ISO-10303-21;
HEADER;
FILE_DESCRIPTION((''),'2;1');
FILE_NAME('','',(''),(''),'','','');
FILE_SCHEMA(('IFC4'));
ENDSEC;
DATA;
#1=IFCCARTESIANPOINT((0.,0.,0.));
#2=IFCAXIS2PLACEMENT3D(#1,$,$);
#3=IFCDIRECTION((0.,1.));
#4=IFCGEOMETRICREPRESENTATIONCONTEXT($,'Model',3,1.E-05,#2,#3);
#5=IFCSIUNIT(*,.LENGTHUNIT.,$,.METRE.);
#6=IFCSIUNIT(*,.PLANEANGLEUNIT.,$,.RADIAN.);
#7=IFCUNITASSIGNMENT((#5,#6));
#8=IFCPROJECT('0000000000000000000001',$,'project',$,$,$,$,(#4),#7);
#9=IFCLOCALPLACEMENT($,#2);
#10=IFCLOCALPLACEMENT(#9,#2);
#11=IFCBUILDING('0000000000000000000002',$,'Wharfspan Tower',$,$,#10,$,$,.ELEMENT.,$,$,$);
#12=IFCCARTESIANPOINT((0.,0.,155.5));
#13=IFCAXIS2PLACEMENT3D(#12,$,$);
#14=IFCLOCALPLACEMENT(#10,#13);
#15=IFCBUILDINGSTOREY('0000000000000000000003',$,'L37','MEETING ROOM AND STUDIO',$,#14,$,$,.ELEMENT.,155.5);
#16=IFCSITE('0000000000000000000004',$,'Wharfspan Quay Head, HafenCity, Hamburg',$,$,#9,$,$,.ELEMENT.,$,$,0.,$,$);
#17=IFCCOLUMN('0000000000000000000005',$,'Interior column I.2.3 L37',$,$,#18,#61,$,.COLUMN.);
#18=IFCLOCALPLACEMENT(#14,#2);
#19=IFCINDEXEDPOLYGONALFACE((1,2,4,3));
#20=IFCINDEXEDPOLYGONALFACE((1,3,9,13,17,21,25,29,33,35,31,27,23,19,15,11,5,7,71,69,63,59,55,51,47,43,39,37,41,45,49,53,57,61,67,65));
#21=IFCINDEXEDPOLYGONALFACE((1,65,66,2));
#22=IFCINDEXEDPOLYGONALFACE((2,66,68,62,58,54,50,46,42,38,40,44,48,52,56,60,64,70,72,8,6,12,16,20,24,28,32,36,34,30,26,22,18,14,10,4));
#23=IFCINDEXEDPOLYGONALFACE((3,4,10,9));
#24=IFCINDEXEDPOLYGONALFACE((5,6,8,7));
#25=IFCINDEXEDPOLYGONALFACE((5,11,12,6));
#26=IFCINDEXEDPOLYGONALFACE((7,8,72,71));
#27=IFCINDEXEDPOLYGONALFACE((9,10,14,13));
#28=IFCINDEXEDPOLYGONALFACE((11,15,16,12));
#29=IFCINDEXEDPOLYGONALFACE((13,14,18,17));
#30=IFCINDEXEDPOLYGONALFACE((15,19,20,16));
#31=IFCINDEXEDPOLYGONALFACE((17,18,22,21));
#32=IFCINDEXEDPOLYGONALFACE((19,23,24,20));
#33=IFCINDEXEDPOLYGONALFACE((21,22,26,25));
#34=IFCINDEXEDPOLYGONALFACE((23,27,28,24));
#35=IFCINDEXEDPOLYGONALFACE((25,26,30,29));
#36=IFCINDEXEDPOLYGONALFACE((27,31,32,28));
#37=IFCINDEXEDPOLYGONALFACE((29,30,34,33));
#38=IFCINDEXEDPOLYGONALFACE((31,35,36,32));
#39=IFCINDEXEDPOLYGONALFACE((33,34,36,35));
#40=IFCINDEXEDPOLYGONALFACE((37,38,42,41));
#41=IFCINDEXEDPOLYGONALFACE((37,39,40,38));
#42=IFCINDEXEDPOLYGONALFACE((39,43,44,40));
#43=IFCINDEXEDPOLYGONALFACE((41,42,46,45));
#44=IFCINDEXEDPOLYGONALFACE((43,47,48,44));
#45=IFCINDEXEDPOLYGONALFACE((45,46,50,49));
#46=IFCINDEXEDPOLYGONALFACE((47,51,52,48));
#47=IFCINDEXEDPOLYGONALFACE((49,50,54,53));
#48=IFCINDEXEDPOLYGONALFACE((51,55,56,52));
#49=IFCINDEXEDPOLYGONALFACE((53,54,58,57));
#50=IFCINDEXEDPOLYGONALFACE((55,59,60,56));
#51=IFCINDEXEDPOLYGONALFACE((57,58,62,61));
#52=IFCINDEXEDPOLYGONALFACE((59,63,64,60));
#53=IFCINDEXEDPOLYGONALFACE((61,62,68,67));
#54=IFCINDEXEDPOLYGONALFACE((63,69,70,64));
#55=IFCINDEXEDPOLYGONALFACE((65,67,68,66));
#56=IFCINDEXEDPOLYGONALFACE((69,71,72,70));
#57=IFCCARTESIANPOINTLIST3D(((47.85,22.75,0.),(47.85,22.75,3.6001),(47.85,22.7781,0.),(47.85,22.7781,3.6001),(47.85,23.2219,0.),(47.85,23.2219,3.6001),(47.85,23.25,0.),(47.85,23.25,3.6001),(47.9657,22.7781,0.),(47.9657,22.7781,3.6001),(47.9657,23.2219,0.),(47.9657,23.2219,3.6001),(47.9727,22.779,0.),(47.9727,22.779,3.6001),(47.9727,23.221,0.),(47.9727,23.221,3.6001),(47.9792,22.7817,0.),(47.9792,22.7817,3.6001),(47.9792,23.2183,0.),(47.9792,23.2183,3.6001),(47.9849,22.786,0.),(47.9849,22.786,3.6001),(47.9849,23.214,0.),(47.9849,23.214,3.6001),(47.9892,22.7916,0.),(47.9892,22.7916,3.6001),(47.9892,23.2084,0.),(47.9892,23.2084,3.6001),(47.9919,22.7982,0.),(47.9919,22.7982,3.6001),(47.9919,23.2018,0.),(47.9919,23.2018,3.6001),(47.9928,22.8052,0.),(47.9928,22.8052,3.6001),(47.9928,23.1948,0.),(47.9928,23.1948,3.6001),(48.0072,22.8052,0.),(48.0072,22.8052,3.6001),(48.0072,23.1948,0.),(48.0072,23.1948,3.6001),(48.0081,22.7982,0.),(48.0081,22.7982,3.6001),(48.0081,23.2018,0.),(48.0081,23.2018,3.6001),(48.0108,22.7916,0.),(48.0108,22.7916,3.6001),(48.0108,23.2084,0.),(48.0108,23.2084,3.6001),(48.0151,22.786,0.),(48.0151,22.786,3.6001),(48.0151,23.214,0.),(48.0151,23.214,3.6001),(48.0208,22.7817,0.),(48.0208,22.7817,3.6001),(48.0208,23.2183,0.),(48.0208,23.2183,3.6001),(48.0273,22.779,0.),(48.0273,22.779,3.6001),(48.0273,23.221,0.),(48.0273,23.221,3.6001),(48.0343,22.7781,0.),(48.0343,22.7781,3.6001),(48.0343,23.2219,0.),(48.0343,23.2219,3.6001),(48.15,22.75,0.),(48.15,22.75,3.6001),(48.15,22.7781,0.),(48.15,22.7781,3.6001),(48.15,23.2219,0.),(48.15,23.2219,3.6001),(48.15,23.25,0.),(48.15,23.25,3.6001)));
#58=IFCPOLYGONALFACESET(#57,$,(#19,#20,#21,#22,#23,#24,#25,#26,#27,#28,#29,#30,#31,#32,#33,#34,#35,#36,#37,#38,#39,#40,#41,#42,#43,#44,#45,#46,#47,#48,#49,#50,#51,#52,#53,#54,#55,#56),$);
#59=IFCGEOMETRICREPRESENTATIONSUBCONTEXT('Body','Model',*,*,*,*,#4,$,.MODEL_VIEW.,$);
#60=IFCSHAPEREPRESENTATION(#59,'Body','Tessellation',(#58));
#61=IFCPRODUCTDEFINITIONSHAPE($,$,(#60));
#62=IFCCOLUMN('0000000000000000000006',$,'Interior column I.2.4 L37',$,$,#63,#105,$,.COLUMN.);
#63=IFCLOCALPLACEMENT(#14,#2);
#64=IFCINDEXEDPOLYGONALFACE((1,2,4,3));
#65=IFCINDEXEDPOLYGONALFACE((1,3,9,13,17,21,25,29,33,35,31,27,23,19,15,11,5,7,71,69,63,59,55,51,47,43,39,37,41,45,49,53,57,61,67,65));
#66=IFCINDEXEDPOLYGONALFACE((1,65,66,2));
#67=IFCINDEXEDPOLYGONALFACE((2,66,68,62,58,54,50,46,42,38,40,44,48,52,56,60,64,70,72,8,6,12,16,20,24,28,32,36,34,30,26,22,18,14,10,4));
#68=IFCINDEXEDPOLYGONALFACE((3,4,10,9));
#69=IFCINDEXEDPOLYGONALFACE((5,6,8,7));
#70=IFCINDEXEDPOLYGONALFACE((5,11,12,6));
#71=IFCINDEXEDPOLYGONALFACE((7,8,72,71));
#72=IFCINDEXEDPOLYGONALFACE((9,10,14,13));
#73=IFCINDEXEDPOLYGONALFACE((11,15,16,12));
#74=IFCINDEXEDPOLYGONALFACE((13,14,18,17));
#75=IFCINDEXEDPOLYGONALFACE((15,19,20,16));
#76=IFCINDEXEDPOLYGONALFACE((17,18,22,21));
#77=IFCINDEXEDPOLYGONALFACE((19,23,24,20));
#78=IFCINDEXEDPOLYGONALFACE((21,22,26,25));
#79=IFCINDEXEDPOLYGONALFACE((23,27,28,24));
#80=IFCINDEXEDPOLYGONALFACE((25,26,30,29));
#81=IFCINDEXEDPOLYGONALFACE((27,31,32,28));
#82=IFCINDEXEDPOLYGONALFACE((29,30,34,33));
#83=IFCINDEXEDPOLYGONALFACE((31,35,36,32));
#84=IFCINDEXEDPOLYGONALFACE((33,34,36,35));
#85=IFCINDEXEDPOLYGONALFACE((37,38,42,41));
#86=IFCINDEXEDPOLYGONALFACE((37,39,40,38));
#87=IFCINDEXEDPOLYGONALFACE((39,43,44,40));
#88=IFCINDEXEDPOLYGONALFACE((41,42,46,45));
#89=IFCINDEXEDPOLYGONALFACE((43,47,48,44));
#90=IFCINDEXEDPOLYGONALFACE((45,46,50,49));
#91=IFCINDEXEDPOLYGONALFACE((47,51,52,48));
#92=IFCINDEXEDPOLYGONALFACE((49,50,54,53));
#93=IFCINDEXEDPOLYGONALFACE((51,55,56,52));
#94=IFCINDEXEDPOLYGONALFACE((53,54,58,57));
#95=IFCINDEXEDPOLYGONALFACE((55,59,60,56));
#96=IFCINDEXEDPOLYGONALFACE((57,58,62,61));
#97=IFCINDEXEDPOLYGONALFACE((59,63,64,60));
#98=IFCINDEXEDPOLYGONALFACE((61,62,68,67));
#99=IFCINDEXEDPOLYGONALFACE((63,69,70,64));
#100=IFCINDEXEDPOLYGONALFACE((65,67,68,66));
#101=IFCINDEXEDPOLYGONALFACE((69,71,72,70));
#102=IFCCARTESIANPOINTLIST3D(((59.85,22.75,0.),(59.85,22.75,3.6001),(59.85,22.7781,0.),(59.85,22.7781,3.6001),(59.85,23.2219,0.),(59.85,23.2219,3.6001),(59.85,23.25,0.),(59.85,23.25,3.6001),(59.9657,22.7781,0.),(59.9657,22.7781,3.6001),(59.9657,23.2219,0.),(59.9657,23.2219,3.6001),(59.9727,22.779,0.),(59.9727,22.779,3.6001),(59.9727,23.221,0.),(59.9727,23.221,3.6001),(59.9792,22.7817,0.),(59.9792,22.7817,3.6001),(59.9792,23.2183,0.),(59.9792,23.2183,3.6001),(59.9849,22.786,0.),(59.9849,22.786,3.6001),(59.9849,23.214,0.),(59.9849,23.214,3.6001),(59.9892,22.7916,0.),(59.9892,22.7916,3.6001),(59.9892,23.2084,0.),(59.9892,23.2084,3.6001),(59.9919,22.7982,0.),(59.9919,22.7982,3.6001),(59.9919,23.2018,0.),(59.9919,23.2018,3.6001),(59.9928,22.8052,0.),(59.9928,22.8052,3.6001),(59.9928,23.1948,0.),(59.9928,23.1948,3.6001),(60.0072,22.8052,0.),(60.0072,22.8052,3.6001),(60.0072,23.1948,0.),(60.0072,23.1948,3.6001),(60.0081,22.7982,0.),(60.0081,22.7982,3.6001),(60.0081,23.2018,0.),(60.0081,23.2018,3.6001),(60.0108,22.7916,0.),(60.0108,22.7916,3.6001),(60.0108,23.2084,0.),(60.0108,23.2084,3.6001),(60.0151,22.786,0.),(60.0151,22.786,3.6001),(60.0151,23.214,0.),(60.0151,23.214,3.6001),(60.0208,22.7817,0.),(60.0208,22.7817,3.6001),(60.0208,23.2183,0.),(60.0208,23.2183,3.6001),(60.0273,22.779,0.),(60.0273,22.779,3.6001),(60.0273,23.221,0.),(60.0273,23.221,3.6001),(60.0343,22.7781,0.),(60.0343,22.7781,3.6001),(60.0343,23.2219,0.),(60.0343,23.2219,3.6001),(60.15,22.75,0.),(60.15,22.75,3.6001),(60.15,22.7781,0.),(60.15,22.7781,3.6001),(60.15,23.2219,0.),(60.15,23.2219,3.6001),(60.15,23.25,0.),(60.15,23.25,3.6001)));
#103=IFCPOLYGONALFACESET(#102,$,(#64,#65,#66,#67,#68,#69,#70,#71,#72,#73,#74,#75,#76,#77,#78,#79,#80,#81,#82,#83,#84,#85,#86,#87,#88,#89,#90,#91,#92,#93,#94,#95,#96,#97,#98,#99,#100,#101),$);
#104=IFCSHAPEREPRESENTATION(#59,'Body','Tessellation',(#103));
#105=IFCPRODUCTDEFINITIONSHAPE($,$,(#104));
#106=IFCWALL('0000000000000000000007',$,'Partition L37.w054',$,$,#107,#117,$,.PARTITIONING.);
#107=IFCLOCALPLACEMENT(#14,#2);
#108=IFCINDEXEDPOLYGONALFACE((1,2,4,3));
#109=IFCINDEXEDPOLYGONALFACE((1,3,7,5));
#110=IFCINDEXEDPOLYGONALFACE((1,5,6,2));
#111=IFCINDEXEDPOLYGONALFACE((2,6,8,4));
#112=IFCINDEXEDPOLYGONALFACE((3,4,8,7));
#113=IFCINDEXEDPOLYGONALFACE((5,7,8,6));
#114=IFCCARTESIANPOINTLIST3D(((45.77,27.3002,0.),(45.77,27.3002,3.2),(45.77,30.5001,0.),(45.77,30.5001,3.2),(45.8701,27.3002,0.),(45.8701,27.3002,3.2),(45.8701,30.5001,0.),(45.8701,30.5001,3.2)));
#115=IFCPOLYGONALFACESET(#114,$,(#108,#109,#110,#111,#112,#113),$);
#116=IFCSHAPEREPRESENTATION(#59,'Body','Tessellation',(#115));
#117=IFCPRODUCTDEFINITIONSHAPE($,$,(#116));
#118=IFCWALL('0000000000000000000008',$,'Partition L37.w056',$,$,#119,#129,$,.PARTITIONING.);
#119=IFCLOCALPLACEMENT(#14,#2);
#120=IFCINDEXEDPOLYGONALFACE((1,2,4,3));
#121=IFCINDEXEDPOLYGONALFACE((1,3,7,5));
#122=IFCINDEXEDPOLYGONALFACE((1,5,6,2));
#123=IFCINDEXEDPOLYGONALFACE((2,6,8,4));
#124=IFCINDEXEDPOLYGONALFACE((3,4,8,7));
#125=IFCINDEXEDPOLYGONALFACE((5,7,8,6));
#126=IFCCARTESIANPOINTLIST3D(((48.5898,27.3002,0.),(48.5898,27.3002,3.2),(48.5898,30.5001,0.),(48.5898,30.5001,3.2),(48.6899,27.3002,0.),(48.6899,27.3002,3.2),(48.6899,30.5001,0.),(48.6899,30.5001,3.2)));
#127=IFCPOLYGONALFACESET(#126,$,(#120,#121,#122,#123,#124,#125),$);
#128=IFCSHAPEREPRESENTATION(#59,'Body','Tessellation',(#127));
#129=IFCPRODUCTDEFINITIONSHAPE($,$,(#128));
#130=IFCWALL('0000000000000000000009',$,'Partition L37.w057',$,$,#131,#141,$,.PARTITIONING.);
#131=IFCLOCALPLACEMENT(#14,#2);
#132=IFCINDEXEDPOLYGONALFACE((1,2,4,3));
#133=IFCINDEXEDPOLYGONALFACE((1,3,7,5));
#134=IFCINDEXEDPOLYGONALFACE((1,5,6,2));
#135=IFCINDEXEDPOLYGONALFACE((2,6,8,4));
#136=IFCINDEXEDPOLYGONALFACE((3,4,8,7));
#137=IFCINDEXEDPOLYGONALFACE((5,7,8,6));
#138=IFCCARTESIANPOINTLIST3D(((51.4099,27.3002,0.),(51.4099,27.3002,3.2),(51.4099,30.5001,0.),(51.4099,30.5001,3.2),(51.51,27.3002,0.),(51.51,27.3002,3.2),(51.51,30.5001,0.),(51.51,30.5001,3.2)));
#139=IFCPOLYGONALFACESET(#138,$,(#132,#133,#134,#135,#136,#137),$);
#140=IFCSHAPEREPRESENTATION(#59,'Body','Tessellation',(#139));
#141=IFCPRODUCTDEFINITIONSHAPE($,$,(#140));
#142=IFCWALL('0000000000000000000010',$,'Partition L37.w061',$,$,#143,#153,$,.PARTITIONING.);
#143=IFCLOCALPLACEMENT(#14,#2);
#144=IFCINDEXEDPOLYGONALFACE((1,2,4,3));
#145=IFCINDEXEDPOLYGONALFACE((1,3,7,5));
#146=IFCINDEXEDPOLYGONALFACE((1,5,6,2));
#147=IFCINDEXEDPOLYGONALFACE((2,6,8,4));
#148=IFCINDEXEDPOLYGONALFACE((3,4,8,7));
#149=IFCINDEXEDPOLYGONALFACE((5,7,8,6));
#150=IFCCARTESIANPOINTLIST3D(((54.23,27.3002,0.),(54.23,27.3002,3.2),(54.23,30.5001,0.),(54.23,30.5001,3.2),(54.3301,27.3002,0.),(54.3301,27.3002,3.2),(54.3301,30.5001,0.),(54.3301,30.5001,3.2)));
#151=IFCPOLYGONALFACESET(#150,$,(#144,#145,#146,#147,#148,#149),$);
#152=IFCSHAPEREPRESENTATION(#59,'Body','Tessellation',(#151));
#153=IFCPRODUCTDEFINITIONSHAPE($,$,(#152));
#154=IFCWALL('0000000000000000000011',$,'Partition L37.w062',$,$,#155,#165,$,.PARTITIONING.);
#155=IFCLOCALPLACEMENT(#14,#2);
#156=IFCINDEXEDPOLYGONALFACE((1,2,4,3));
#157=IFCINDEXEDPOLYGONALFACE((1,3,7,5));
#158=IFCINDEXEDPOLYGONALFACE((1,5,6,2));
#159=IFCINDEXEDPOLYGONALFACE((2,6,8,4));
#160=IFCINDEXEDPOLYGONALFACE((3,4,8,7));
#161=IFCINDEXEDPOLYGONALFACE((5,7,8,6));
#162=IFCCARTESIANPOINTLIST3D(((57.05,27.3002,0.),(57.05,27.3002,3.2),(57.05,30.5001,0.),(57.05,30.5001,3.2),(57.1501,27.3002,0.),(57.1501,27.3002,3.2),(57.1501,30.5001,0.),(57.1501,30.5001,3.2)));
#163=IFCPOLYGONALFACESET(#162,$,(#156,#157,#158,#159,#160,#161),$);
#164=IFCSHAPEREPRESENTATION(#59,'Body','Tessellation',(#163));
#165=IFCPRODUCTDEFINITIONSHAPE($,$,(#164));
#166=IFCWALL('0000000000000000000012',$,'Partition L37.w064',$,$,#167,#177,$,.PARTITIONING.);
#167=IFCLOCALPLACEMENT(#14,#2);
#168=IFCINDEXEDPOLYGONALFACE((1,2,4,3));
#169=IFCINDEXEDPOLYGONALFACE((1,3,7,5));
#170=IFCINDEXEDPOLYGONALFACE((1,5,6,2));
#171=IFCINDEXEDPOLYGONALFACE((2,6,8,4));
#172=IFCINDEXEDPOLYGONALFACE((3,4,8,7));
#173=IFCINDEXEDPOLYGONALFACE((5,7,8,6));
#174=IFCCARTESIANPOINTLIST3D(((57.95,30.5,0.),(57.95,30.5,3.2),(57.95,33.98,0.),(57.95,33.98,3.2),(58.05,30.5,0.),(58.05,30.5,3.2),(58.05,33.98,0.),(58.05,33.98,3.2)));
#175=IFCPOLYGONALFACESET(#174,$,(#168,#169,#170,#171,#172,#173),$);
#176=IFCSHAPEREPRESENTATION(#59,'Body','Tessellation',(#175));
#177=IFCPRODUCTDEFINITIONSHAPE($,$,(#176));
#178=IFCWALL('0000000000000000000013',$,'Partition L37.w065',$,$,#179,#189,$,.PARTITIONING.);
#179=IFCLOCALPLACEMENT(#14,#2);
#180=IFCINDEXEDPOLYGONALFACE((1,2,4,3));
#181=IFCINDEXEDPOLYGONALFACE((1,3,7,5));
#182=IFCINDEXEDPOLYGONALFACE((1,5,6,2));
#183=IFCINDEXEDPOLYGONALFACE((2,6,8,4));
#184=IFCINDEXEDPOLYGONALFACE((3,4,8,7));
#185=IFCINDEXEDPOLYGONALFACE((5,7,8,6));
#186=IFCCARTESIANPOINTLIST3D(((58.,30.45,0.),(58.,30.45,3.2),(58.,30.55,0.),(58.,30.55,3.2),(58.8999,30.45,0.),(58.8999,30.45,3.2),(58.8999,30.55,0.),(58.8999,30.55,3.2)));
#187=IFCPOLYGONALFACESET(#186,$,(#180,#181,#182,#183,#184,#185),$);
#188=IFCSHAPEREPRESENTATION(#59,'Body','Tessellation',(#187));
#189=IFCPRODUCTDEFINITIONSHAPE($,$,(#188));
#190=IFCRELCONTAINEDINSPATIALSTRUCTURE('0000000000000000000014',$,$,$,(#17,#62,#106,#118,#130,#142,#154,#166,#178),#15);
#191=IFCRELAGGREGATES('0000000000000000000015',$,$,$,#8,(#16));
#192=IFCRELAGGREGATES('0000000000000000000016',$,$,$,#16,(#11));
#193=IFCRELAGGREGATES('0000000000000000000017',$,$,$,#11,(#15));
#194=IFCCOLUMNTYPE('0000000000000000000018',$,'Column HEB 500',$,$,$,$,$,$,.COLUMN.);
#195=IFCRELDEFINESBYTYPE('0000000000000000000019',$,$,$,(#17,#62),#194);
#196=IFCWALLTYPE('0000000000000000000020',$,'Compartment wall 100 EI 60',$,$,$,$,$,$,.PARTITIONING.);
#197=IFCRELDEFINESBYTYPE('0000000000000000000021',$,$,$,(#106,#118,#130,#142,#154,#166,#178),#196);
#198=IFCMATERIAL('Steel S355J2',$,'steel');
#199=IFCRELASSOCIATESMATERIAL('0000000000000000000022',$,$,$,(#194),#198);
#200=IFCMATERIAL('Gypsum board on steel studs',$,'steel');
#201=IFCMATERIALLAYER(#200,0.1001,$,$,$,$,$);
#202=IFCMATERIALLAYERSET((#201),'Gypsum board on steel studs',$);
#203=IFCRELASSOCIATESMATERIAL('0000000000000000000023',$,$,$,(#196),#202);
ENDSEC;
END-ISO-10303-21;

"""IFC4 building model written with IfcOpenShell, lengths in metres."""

from ifc_helpers import new_model, si_unit, direction, frame, frame_2d, origin, origin_2d, place, context, subcontext, project, spatial, rectangle, i_section, extrude, material, layer, layer_set, material_profile, profile_set, type_object, element, save


model = new_model("IFC4")

# Units and contexts
model_context = context("Model", 3, precision=1e-05, world=origin(), true_north=direction((0.0, 1.0)))
body_context = subcontext(model_context, "Body", "Model", "MODEL_VIEW")
ifc_project = project(units=[si_unit("LENGTHUNIT", "METRE"), si_unit("PLANEANGLEUNIT", "RADIAN")], contexts=[model_context])

# Site, building, storey
site_placement = place(None, origin())
site = spatial("IfcSite", under=ifc_project, at=site_placement, Name="Wharfspan Quay Head, HafenCity, Hamburg", CompositionType="ELEMENT", RefElevation=0.0)
building_placement = place(site_placement, origin())
building = spatial("IfcBuilding", under=site, at=building_placement, Name="Wharfspan Tower", CompositionType="ELEMENT")
storey_placement = place(building_placement, frame((0.0, 0.0, 155.5)))
storey = spatial("IfcBuildingStorey", under=building, at=storey_placement, Name="L37", Description="MEETING ROOM AND STUDIO", CompositionType="ELEMENT", Elevation=155.5)

# Columns
ifc_material_1 = material(Name="Steel S355J2", Category="steel")
ifc_material_profile = material_profile(ifc_material_1, i_section(OverallWidth=0.3, OverallDepth=0.5, WebThickness=0.0144, FlangeThickness=0.0281, FilletRadius=0.0271, at=origin_2d()))
ifc_profile_set = profile_set([ifc_material_profile], Name="Steel S355J2")
column_type = type_object("IfcColumnType", Name="Column HEB 500", PredefinedType="COLUMN", material=ifc_profile_set)
for number, where, z_axis, x_axis, name in (
    (1, (48.0, 23.0, 0.0), (0.0, 0.0, 1.0), (1.0, 0.0, 0.0), "Interior column I.2.3 L37"),
    (2, (60.0, 23.0, 0.0), (0.0, 0.0, 1.0), (1.0, 0.0, 0.0), "Interior column I.2.4 L37"),
):
    element("IfcColumn", number, at=place(storey_placement, frame(where, z_axis=z_axis, x_axis=x_axis)), inside=storey, type_object=column_type, Name=name, PredefinedType="COLUMN", context=body_context, shape_type="SweptSolid", body=[
        extrude(i_section(OverallWidth=0.3, OverallDepth=0.5, WebThickness=0.0144, FlangeThickness=0.0281, FilletRadius=0.0271, at=origin_2d()), origin(), (0.0, 0.0, 1.0), 3.6001),
    ])

# Walls
ifc_material_2 = material(Name="Gypsum board on steel studs", Category="steel")
ifc_layer_1 = layer(ifc_material_2, 0.1001)
ifc_layer_set_1 = layer_set([ifc_layer_1], Name="Gypsum board on steel studs")
wall_type_1 = type_object("IfcWallType", Name="Compartment wall 100 EI 60", PredefinedType="PARTITIONING", material=ifc_layer_set_1)
for number, where, z_axis, x_axis, name in (
    (3, (45.8201, 27.3, 0.0), (0.0, 0.0, 1.0), (0.0, 1.0, 0.0), "Partition L37.w054"),
    (4, (48.6399, 27.3, 0.0), (0.0, 0.0, 1.0), (0.0, 1.0, 0.0), "Partition L37.w056"),
    (5, (51.46, 27.3, 0.0), (0.0, 0.0, 1.0), (0.0, 1.0, 0.0), "Partition L37.w057"),
    (6, (54.28, 27.3, 0.0), (0.0, 0.0, 1.0), (0.0, 1.0, 0.0), "Partition L37.w061"),
    (7, (57.1001, 27.3, 0.0), (0.0, 0.0, 1.0), (0.0, 1.0, 0.0), "Partition L37.w062"),
):
    element("IfcWall", number, at=place(storey_placement, frame(where, z_axis=z_axis, x_axis=x_axis)), inside=storey, type_object=wall_type_1, Name=name, PredefinedType="PARTITIONING", context=body_context, shape_type="SweptSolid", body=[
        extrude(rectangle(XDim=3.2, YDim=0.1001, at=frame_2d((1.6001, 0.0))), origin(), (0.0, 0.0, 1.0), 3.2),
    ])
wall_1_placement = place(storey_placement, frame((58.0, 30.5, 0.0), z_axis=(0.0, 0.0, 1.0), x_axis=(0.0, 1.0, 0.0)))
element("IfcWall", 8, at=wall_1_placement, inside=storey, type_object=wall_type_1, Name="Partition L37.w064", PredefinedType="PARTITIONING", context=body_context, shape_type="SweptSolid", body=[
    extrude(rectangle(XDim=3.48, YDim=0.1001, at=frame_2d((1.74, 0.0))), origin(), (0.0, 0.0, 1.0), 3.2),
])
wall_2_placement = place(storey_placement, frame((58.0, 30.5, 0.0), z_axis=(0.0, 0.0, 1.0), x_axis=(1.0, 0.0, 0.0)))
element("IfcWall", 9, at=wall_2_placement, inside=storey, type_object=wall_type_1, Name="Partition L37.w065", PredefinedType="PARTITIONING", context=body_context, shape_type="SweptSolid", body=[
    extrude(rectangle(XDim=0.8999, YDim=0.1001, at=frame_2d((0.45, 0.0))), origin(), (0.0, 0.0, 1.0), 3.2),
])

save(model, "model.ifc")
